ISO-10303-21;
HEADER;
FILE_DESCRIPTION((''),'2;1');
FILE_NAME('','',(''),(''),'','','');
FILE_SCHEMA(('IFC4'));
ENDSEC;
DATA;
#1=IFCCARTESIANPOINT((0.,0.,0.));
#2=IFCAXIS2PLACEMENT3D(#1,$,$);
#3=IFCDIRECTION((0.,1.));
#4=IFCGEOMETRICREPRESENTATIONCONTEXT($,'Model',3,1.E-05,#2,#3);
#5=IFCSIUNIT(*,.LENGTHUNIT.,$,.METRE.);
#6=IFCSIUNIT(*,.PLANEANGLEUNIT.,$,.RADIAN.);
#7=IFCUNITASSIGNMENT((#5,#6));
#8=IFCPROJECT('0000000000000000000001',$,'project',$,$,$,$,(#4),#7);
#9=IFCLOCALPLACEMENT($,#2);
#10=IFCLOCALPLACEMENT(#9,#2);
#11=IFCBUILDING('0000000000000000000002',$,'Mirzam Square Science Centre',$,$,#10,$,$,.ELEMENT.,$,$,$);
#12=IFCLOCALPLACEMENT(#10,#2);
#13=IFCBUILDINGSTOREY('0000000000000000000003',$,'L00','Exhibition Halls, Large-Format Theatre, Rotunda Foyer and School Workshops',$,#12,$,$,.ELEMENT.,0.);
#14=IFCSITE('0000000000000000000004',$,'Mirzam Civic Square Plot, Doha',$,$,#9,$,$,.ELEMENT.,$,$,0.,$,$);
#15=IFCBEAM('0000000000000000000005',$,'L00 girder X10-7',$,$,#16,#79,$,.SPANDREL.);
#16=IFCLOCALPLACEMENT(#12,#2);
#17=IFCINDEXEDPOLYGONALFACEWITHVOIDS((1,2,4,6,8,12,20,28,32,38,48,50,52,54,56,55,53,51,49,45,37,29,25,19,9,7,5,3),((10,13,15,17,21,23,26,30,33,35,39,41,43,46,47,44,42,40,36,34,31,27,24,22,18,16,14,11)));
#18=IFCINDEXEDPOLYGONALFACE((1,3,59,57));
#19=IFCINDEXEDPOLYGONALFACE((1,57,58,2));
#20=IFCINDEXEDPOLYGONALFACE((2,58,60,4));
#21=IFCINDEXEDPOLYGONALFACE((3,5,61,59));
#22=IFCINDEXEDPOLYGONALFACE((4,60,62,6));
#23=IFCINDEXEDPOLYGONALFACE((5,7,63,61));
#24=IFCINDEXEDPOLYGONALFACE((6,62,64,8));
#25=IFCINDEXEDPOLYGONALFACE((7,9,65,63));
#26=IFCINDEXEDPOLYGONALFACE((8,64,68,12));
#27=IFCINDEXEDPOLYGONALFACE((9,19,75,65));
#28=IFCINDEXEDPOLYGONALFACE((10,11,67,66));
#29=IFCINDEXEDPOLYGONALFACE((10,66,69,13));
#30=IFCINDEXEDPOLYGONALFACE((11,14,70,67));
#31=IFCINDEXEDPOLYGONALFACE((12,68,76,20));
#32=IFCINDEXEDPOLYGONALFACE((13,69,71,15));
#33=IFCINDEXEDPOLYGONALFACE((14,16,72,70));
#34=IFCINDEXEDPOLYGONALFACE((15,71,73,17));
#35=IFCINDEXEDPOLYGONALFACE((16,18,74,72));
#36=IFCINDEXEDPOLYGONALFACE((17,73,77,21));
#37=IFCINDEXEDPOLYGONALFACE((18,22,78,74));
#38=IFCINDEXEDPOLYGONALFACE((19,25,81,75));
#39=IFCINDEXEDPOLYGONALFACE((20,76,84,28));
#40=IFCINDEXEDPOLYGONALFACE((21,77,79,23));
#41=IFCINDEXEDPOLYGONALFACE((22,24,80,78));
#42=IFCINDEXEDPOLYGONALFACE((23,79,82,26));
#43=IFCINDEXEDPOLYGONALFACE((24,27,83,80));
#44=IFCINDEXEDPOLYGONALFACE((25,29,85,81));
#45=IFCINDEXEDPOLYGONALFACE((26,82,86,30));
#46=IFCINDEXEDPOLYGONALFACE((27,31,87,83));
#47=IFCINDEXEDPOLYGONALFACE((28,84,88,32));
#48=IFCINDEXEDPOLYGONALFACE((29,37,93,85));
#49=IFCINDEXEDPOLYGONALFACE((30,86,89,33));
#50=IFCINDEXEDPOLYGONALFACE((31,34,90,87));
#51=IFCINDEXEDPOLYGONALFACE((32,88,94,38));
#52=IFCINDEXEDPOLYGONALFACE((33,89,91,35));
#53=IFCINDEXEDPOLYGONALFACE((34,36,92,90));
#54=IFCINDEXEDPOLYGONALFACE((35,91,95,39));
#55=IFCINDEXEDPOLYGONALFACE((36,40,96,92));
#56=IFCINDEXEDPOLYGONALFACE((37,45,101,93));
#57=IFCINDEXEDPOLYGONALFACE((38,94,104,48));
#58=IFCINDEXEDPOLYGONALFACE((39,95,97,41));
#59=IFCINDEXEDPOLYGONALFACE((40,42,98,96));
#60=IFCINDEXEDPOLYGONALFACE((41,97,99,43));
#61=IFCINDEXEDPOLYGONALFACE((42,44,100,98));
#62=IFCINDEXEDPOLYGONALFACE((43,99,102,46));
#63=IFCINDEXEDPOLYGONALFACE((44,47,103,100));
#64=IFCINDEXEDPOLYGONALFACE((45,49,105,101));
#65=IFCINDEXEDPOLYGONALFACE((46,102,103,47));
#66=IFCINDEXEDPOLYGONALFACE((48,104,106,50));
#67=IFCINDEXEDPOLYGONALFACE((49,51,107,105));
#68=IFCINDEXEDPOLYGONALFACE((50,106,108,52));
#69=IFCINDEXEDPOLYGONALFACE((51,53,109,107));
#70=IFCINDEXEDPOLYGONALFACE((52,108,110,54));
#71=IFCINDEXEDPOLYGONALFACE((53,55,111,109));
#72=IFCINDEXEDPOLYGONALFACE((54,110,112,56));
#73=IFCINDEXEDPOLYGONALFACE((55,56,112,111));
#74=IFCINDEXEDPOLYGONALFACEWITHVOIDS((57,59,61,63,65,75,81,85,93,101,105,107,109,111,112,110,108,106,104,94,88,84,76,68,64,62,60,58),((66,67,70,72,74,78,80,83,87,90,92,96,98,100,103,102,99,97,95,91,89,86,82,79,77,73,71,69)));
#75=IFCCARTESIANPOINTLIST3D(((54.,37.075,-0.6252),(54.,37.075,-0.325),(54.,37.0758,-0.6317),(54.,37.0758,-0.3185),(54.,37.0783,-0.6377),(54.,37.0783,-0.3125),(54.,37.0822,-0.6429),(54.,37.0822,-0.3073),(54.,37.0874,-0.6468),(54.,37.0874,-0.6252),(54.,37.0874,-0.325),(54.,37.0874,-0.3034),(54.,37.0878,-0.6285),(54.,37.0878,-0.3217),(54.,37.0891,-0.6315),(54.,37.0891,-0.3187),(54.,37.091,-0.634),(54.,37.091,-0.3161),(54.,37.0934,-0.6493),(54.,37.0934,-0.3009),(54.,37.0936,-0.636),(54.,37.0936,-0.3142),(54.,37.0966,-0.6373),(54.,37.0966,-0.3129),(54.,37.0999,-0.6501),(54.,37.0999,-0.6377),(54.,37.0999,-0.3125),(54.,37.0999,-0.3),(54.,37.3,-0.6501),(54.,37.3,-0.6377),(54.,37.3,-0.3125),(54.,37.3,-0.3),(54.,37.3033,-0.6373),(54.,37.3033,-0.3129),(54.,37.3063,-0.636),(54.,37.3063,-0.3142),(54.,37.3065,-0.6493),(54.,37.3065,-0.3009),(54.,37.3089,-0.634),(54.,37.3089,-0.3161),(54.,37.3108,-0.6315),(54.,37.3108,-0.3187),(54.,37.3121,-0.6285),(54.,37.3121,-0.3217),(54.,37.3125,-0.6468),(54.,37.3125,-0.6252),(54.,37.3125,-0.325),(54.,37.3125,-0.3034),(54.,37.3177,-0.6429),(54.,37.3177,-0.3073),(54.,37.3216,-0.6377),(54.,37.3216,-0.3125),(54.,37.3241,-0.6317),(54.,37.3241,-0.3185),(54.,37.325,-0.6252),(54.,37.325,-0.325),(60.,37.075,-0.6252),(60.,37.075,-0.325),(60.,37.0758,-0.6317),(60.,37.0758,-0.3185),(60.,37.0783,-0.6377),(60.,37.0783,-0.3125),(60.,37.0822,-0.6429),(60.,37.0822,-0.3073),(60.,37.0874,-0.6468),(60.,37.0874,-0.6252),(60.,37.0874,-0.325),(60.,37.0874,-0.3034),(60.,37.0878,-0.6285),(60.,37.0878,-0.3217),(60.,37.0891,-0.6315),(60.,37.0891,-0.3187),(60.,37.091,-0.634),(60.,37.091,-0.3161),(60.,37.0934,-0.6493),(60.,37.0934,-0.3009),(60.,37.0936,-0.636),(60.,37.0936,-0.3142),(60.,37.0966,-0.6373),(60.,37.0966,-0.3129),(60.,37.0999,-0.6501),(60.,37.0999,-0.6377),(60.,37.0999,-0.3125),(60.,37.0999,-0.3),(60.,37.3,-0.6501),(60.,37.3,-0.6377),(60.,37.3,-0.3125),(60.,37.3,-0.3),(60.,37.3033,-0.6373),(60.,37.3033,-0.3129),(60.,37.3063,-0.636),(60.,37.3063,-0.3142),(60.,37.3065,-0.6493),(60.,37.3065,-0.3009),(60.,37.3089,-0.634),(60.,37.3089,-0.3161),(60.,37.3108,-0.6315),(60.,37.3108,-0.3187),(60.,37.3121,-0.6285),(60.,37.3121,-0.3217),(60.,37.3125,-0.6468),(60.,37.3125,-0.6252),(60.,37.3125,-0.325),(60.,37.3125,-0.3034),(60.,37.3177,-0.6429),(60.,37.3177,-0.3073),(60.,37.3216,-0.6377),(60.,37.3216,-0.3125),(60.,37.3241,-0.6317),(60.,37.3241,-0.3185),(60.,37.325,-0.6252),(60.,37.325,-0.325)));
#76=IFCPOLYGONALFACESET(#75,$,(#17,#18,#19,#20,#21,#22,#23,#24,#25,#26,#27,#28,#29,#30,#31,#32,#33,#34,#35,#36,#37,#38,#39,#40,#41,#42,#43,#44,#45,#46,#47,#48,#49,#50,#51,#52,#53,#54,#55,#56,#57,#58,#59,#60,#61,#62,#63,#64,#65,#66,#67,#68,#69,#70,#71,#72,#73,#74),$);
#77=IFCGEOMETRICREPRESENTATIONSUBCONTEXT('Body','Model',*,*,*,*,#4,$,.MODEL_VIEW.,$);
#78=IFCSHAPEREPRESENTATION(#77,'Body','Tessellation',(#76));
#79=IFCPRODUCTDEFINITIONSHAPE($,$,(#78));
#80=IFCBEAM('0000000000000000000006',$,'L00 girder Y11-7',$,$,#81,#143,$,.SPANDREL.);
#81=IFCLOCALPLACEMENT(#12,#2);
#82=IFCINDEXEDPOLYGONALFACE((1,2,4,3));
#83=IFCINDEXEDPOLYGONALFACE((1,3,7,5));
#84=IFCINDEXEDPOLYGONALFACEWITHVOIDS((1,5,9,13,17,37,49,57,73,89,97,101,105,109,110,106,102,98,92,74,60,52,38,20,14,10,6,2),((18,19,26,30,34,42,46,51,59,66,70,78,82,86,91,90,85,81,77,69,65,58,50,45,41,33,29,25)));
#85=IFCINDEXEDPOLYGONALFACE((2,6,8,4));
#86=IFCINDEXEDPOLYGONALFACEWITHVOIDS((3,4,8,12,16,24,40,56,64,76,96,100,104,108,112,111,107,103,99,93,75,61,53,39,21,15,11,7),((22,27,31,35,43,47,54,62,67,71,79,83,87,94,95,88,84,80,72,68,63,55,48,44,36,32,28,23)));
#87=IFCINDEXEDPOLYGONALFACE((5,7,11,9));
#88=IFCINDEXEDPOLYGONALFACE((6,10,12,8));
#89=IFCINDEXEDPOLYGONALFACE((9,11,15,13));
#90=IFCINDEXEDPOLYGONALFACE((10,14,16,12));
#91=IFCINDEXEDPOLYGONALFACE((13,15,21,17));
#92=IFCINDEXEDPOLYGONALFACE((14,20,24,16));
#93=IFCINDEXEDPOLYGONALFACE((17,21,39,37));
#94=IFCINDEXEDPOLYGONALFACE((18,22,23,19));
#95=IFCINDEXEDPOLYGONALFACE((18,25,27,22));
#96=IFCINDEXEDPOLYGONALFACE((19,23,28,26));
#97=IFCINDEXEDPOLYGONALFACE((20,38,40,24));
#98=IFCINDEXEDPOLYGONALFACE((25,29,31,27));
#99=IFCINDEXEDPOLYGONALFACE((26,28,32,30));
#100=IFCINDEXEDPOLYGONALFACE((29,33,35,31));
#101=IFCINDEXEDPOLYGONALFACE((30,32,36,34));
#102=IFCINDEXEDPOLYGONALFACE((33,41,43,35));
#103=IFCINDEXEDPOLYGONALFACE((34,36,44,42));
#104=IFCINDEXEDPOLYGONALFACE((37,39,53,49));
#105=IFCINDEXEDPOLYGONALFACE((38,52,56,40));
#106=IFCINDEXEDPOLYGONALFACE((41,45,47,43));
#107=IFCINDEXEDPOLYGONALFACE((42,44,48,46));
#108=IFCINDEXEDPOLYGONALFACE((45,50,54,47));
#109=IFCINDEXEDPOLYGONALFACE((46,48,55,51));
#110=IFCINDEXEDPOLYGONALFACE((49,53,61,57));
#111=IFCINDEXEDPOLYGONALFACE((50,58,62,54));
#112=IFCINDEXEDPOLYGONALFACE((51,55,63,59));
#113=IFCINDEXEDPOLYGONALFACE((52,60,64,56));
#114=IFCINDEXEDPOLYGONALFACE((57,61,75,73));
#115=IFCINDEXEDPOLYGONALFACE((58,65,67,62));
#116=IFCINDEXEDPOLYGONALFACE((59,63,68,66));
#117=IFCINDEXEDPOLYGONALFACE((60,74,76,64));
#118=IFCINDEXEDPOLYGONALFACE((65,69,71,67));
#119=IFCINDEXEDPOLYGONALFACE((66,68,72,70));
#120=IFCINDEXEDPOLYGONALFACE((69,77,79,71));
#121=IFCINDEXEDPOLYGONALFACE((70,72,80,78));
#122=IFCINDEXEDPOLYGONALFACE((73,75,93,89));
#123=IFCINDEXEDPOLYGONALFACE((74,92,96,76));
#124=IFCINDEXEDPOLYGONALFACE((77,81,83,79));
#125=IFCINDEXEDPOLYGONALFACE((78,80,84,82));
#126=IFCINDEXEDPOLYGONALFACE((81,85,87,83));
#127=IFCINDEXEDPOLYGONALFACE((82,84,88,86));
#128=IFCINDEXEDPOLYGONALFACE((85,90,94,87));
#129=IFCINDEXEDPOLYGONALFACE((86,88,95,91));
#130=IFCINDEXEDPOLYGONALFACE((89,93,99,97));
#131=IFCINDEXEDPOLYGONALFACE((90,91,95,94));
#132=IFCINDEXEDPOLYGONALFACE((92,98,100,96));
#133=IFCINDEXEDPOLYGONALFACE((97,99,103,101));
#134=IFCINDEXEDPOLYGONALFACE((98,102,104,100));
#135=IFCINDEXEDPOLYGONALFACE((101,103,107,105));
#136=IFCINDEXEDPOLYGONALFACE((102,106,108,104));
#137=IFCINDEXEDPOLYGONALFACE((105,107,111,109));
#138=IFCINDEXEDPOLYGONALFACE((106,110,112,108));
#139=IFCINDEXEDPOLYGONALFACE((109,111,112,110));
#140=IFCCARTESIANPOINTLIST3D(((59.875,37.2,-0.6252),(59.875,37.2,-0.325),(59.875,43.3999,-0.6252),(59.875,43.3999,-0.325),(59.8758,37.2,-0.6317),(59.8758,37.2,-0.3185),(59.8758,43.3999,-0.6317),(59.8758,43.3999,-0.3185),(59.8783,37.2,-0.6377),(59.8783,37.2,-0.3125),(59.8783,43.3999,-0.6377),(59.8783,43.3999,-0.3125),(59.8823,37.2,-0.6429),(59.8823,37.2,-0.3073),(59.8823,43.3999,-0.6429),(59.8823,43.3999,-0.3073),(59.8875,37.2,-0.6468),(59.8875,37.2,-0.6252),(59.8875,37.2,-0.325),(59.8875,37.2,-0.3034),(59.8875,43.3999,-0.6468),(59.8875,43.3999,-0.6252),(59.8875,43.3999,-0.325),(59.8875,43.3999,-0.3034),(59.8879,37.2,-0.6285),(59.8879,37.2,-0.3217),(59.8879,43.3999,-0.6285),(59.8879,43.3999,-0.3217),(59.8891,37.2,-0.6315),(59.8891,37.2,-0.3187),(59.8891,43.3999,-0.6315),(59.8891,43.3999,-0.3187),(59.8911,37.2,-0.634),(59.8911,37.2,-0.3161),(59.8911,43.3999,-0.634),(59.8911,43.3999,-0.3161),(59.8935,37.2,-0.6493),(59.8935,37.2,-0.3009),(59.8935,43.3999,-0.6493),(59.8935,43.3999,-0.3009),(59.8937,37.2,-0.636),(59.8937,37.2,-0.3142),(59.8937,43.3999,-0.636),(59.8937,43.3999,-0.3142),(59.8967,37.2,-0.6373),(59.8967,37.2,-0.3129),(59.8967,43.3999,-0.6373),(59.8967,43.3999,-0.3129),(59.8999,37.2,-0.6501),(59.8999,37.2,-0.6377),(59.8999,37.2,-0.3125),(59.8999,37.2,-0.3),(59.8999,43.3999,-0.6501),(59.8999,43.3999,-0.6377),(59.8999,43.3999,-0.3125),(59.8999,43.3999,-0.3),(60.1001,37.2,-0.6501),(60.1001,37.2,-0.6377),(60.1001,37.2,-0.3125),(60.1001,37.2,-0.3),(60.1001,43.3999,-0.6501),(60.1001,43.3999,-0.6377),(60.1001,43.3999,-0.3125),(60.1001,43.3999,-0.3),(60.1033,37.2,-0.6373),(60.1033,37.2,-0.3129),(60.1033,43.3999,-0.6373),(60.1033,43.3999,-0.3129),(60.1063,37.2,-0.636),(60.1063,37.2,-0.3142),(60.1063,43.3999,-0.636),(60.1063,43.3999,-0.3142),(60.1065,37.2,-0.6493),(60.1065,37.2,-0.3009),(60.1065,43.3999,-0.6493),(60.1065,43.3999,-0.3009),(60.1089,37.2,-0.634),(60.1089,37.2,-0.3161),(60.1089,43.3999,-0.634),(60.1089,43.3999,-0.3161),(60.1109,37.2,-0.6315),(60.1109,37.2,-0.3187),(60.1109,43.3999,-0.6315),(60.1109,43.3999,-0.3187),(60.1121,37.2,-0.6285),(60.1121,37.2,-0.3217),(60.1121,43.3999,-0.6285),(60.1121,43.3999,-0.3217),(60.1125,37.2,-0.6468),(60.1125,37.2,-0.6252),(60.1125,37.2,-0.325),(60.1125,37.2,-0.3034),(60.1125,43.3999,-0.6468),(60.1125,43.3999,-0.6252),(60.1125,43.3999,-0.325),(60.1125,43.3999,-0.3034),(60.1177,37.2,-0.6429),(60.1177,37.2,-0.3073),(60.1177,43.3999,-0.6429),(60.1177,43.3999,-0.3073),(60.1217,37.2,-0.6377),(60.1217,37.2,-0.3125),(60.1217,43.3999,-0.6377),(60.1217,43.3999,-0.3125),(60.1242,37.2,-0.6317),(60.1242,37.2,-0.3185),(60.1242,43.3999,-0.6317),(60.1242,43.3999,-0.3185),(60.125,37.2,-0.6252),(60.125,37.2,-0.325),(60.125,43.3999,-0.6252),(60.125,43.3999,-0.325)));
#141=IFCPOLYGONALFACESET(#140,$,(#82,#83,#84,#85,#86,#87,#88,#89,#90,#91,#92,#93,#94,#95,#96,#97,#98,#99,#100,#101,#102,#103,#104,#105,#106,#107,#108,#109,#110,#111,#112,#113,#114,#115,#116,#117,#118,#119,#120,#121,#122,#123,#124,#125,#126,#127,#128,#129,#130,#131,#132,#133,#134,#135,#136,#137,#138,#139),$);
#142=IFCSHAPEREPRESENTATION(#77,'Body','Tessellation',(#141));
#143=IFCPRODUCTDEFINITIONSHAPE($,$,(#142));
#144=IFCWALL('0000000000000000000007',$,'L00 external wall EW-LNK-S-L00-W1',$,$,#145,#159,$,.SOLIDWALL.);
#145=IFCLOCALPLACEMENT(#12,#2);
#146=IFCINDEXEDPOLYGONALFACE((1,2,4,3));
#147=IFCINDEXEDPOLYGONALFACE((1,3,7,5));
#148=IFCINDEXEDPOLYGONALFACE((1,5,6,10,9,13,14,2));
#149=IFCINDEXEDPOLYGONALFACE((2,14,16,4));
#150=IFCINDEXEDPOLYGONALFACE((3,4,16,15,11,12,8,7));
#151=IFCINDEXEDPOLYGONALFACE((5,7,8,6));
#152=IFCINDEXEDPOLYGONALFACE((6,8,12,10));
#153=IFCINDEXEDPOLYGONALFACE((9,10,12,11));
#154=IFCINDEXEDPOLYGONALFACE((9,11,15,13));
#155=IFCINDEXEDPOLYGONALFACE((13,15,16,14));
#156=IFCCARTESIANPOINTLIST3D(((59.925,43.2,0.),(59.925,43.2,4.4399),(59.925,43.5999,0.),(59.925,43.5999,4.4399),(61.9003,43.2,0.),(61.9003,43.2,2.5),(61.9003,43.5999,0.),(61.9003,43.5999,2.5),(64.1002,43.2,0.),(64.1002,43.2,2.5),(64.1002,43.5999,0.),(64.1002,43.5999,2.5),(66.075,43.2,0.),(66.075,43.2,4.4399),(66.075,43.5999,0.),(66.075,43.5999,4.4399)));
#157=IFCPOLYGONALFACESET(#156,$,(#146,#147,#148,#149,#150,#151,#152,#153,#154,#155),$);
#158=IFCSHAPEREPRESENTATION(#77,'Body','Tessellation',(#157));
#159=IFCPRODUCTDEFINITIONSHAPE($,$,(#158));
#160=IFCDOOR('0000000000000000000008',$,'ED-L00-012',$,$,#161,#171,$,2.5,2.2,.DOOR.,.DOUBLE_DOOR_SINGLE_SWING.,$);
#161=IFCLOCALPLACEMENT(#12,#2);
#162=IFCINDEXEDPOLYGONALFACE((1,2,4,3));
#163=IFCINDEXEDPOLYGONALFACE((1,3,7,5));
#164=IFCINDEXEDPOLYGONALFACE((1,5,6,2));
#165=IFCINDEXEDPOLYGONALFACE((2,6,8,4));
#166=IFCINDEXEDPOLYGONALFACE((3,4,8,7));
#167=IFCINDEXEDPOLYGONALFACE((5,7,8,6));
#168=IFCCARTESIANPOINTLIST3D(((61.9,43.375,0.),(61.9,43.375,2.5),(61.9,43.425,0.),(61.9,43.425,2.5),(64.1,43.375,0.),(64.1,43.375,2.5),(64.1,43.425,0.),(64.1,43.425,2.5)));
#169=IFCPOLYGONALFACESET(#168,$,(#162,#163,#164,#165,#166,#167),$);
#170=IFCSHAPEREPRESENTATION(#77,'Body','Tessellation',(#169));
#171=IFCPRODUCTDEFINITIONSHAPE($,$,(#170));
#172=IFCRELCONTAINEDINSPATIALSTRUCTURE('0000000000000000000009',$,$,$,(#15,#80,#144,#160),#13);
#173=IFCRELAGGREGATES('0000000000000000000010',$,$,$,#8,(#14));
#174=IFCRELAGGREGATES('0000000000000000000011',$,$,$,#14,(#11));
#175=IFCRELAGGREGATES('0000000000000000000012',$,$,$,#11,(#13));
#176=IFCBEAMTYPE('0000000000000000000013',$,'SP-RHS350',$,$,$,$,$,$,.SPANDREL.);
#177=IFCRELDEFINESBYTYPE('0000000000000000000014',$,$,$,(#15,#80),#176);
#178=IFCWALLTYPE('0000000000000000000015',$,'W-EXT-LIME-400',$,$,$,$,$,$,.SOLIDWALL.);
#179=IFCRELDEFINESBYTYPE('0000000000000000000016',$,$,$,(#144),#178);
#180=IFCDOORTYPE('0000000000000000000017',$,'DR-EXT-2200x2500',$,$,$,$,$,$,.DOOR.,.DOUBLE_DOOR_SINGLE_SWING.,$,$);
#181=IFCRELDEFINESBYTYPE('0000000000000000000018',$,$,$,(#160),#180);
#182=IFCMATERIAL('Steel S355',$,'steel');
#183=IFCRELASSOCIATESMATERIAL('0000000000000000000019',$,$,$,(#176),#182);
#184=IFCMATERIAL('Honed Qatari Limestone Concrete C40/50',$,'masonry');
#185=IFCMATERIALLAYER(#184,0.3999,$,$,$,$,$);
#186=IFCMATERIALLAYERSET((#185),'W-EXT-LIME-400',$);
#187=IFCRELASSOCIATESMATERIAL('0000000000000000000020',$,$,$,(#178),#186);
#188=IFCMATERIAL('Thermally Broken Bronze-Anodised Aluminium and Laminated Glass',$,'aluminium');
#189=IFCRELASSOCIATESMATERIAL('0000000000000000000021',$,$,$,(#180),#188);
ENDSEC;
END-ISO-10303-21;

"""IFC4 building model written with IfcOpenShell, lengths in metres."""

from ifc_helpers import new_model, si_unit, direction, frame, frame_2d, origin, origin_2d, place, context, subcontext, project, spatial, rectangle, hollow_rectangle, extrude, material, layer, layer_set, material_profile, profile_set, type_object, element, fill, save


model = new_model("IFC4")

# Units and contexts
model_context = context("Model", 3, precision=1e-05, world=origin(), true_north=direction((0.0, 1.0)))
body_context = subcontext(model_context, "Body", "Model", "MODEL_VIEW")
ifc_project = project(units=[si_unit("LENGTHUNIT", "METRE"), si_unit("PLANEANGLEUNIT", "RADIAN")], contexts=[model_context])

# Site, building, storey
site_placement = place(None, origin())
site = spatial("IfcSite", under=ifc_project, at=site_placement, Name="Mirzam Civic Square Plot, Doha", CompositionType="ELEMENT", RefElevation=0.0)
building_placement = place(site_placement, origin())
building = spatial("IfcBuilding", under=site, at=building_placement, Name="Mirzam Square Science Centre", CompositionType="ELEMENT")
storey_placement = place(building_placement, origin())
storey = spatial("IfcBuildingStorey", under=building, at=storey_placement, Name="L00", Description="Exhibition Halls, Large-Format Theatre, Rotunda Foyer and School Workshops", CompositionType="ELEMENT", Elevation=0.0)

# Shared definitions
ifc_material_1 = material(Name="Steel S355", Category="steel")

# Beams
ifc_material_profile_1 = material_profile(ifc_material_1, hollow_rectangle(XDim=0.25, YDim=0.3501, WallThickness=0.0125, InnerFilletRadius=0.0125, OuterFilletRadius=0.0249, at=origin_2d()), Name="350x250x12.5RHS")
ifc_profile_set_1 = profile_set([ifc_material_profile_1], Name="Steel S355")
beam_type_1 = type_object("IfcBeamType", Name="SP-RHS350", PredefinedType="SPANDREL", material=ifc_profile_set_1)
beam_1_placement = place(storey_placement, frame((54.0, 37.2, -0.4751), z_axis=(1.0, 0.0, 0.0), x_axis=(0.0, 1.0, 0.0)))
element("IfcBeam", 1, at=beam_1_placement, inside=storey, type_object=beam_type_1, Name="L00 girder X10-7", PredefinedType="SPANDREL", context=body_context, shape_type="SweptSolid", body=[
    extrude(hollow_rectangle(XDim=0.25, YDim=0.3501, WallThickness=0.0125, InnerFilletRadius=0.0125, OuterFilletRadius=0.0249, at=origin_2d()), origin(), (0.0, 0.0, 1.0), 6.0),
])
beam_2_placement = place(storey_placement, frame((60.0, 37.2, -0.4751), z_axis=(0.0, 1.0, 0.0), x_axis=(-1.0, 0.0, 0.0)))
element("IfcBeam", 2, at=beam_2_placement, inside=storey, type_object=beam_type_1, Name="L00 girder Y11-7", PredefinedType="SPANDREL", context=body_context, shape_type="SweptSolid", body=[
    extrude(hollow_rectangle(XDim=0.25, YDim=0.3501, WallThickness=0.0125, InnerFilletRadius=0.0125, OuterFilletRadius=0.0249, at=origin_2d()), origin(), (0.0, 0.0, 1.0), 6.2),
])

# Wall, opening, door
ifc_material_2 = material(Name="Honed Qatari Limestone Concrete C40/50", Category="masonry")
ifc_layer_1 = layer(ifc_material_2, 0.3999)
ifc_layer_set_1 = layer_set([ifc_layer_1], Name="W-EXT-LIME-400")
wall_type_1 = type_object("IfcWallType", Name="W-EXT-LIME-400", PredefinedType="SOLIDWALL", material=ifc_layer_set_1)
wall_1_placement = place(storey_placement, frame((59.925, 43.3999, 0.0), z_axis=(0.0, 0.0, 1.0), x_axis=(1.0, 0.0, 0.0)))
wall_1 = element("IfcWall", 3, at=wall_1_placement, inside=storey, type_object=wall_type_1, Name="L00 external wall EW-LNK-S-L00-W1", PredefinedType="SOLIDWALL", context=body_context, shape_type="SweptSolid", body=[
    extrude(rectangle(XDim=6.1499, YDim=0.3999, at=frame_2d((3.075, 0.0))), origin(), (0.0, 0.0, 1.0), 4.4399),
])
opening_1_placement = place(wall_1_placement, frame((1.9751, 0.0, 0.0)))
opening_1 = element("IfcOpeningElement", 4, at=opening_1_placement, cuts=wall_1, PredefinedType="OPENING", context=body_context, shape_type="SweptSolid", body=[
    extrude(rectangle(XDim=2.2, YDim=2.5, at=frame_2d((1.1001, 1.25))), frame((0.0, 0.21, 0.0), z_axis=(0.0, -1.0, 0.0), x_axis=(1.0, 0.0, 0.0)), (0.0, 0.0, 1.0), 0.4199),
])
ifc_material_3 = material(Name="Thermally Broken Bronze-Anodised Aluminium and Laminated Glass", Category="aluminium")
door_type_1 = type_object("IfcDoorType", Name="DR-EXT-2200x2500", OperationType="DOUBLE_DOOR_SINGLE_SWING", PredefinedType="DOOR", material=ifc_material_3)
door_1_placement = place(opening_1_placement, frame((2.2, 0.0, 0.0), z_axis=(0.0, 0.0, 1.0), x_axis=(-1.0, 0.0, 0.0)))
door_1 = element("IfcDoor", 5, at=door_1_placement, inside=storey, type_object=door_type_1, Name="ED-L00-012", OperationType="DOUBLE_DOOR_SINGLE_SWING", OverallHeight=2.5, OverallWidth=2.2, PredefinedType="DOOR", context=body_context, shape_type="SweptSolid", body=[
    extrude(rectangle(XDim=2.2, YDim=2.5, at=frame_2d((1.1001, 1.25))), frame((0.0, 0.0249, 0.0), z_axis=(0.0, -1.0, 0.0), x_axis=(1.0, 0.0, 0.0)), (0.0, 0.0, 1.0), 0.05),
])
fill(opening_1, door_1)

save(model, "model.ifc")
